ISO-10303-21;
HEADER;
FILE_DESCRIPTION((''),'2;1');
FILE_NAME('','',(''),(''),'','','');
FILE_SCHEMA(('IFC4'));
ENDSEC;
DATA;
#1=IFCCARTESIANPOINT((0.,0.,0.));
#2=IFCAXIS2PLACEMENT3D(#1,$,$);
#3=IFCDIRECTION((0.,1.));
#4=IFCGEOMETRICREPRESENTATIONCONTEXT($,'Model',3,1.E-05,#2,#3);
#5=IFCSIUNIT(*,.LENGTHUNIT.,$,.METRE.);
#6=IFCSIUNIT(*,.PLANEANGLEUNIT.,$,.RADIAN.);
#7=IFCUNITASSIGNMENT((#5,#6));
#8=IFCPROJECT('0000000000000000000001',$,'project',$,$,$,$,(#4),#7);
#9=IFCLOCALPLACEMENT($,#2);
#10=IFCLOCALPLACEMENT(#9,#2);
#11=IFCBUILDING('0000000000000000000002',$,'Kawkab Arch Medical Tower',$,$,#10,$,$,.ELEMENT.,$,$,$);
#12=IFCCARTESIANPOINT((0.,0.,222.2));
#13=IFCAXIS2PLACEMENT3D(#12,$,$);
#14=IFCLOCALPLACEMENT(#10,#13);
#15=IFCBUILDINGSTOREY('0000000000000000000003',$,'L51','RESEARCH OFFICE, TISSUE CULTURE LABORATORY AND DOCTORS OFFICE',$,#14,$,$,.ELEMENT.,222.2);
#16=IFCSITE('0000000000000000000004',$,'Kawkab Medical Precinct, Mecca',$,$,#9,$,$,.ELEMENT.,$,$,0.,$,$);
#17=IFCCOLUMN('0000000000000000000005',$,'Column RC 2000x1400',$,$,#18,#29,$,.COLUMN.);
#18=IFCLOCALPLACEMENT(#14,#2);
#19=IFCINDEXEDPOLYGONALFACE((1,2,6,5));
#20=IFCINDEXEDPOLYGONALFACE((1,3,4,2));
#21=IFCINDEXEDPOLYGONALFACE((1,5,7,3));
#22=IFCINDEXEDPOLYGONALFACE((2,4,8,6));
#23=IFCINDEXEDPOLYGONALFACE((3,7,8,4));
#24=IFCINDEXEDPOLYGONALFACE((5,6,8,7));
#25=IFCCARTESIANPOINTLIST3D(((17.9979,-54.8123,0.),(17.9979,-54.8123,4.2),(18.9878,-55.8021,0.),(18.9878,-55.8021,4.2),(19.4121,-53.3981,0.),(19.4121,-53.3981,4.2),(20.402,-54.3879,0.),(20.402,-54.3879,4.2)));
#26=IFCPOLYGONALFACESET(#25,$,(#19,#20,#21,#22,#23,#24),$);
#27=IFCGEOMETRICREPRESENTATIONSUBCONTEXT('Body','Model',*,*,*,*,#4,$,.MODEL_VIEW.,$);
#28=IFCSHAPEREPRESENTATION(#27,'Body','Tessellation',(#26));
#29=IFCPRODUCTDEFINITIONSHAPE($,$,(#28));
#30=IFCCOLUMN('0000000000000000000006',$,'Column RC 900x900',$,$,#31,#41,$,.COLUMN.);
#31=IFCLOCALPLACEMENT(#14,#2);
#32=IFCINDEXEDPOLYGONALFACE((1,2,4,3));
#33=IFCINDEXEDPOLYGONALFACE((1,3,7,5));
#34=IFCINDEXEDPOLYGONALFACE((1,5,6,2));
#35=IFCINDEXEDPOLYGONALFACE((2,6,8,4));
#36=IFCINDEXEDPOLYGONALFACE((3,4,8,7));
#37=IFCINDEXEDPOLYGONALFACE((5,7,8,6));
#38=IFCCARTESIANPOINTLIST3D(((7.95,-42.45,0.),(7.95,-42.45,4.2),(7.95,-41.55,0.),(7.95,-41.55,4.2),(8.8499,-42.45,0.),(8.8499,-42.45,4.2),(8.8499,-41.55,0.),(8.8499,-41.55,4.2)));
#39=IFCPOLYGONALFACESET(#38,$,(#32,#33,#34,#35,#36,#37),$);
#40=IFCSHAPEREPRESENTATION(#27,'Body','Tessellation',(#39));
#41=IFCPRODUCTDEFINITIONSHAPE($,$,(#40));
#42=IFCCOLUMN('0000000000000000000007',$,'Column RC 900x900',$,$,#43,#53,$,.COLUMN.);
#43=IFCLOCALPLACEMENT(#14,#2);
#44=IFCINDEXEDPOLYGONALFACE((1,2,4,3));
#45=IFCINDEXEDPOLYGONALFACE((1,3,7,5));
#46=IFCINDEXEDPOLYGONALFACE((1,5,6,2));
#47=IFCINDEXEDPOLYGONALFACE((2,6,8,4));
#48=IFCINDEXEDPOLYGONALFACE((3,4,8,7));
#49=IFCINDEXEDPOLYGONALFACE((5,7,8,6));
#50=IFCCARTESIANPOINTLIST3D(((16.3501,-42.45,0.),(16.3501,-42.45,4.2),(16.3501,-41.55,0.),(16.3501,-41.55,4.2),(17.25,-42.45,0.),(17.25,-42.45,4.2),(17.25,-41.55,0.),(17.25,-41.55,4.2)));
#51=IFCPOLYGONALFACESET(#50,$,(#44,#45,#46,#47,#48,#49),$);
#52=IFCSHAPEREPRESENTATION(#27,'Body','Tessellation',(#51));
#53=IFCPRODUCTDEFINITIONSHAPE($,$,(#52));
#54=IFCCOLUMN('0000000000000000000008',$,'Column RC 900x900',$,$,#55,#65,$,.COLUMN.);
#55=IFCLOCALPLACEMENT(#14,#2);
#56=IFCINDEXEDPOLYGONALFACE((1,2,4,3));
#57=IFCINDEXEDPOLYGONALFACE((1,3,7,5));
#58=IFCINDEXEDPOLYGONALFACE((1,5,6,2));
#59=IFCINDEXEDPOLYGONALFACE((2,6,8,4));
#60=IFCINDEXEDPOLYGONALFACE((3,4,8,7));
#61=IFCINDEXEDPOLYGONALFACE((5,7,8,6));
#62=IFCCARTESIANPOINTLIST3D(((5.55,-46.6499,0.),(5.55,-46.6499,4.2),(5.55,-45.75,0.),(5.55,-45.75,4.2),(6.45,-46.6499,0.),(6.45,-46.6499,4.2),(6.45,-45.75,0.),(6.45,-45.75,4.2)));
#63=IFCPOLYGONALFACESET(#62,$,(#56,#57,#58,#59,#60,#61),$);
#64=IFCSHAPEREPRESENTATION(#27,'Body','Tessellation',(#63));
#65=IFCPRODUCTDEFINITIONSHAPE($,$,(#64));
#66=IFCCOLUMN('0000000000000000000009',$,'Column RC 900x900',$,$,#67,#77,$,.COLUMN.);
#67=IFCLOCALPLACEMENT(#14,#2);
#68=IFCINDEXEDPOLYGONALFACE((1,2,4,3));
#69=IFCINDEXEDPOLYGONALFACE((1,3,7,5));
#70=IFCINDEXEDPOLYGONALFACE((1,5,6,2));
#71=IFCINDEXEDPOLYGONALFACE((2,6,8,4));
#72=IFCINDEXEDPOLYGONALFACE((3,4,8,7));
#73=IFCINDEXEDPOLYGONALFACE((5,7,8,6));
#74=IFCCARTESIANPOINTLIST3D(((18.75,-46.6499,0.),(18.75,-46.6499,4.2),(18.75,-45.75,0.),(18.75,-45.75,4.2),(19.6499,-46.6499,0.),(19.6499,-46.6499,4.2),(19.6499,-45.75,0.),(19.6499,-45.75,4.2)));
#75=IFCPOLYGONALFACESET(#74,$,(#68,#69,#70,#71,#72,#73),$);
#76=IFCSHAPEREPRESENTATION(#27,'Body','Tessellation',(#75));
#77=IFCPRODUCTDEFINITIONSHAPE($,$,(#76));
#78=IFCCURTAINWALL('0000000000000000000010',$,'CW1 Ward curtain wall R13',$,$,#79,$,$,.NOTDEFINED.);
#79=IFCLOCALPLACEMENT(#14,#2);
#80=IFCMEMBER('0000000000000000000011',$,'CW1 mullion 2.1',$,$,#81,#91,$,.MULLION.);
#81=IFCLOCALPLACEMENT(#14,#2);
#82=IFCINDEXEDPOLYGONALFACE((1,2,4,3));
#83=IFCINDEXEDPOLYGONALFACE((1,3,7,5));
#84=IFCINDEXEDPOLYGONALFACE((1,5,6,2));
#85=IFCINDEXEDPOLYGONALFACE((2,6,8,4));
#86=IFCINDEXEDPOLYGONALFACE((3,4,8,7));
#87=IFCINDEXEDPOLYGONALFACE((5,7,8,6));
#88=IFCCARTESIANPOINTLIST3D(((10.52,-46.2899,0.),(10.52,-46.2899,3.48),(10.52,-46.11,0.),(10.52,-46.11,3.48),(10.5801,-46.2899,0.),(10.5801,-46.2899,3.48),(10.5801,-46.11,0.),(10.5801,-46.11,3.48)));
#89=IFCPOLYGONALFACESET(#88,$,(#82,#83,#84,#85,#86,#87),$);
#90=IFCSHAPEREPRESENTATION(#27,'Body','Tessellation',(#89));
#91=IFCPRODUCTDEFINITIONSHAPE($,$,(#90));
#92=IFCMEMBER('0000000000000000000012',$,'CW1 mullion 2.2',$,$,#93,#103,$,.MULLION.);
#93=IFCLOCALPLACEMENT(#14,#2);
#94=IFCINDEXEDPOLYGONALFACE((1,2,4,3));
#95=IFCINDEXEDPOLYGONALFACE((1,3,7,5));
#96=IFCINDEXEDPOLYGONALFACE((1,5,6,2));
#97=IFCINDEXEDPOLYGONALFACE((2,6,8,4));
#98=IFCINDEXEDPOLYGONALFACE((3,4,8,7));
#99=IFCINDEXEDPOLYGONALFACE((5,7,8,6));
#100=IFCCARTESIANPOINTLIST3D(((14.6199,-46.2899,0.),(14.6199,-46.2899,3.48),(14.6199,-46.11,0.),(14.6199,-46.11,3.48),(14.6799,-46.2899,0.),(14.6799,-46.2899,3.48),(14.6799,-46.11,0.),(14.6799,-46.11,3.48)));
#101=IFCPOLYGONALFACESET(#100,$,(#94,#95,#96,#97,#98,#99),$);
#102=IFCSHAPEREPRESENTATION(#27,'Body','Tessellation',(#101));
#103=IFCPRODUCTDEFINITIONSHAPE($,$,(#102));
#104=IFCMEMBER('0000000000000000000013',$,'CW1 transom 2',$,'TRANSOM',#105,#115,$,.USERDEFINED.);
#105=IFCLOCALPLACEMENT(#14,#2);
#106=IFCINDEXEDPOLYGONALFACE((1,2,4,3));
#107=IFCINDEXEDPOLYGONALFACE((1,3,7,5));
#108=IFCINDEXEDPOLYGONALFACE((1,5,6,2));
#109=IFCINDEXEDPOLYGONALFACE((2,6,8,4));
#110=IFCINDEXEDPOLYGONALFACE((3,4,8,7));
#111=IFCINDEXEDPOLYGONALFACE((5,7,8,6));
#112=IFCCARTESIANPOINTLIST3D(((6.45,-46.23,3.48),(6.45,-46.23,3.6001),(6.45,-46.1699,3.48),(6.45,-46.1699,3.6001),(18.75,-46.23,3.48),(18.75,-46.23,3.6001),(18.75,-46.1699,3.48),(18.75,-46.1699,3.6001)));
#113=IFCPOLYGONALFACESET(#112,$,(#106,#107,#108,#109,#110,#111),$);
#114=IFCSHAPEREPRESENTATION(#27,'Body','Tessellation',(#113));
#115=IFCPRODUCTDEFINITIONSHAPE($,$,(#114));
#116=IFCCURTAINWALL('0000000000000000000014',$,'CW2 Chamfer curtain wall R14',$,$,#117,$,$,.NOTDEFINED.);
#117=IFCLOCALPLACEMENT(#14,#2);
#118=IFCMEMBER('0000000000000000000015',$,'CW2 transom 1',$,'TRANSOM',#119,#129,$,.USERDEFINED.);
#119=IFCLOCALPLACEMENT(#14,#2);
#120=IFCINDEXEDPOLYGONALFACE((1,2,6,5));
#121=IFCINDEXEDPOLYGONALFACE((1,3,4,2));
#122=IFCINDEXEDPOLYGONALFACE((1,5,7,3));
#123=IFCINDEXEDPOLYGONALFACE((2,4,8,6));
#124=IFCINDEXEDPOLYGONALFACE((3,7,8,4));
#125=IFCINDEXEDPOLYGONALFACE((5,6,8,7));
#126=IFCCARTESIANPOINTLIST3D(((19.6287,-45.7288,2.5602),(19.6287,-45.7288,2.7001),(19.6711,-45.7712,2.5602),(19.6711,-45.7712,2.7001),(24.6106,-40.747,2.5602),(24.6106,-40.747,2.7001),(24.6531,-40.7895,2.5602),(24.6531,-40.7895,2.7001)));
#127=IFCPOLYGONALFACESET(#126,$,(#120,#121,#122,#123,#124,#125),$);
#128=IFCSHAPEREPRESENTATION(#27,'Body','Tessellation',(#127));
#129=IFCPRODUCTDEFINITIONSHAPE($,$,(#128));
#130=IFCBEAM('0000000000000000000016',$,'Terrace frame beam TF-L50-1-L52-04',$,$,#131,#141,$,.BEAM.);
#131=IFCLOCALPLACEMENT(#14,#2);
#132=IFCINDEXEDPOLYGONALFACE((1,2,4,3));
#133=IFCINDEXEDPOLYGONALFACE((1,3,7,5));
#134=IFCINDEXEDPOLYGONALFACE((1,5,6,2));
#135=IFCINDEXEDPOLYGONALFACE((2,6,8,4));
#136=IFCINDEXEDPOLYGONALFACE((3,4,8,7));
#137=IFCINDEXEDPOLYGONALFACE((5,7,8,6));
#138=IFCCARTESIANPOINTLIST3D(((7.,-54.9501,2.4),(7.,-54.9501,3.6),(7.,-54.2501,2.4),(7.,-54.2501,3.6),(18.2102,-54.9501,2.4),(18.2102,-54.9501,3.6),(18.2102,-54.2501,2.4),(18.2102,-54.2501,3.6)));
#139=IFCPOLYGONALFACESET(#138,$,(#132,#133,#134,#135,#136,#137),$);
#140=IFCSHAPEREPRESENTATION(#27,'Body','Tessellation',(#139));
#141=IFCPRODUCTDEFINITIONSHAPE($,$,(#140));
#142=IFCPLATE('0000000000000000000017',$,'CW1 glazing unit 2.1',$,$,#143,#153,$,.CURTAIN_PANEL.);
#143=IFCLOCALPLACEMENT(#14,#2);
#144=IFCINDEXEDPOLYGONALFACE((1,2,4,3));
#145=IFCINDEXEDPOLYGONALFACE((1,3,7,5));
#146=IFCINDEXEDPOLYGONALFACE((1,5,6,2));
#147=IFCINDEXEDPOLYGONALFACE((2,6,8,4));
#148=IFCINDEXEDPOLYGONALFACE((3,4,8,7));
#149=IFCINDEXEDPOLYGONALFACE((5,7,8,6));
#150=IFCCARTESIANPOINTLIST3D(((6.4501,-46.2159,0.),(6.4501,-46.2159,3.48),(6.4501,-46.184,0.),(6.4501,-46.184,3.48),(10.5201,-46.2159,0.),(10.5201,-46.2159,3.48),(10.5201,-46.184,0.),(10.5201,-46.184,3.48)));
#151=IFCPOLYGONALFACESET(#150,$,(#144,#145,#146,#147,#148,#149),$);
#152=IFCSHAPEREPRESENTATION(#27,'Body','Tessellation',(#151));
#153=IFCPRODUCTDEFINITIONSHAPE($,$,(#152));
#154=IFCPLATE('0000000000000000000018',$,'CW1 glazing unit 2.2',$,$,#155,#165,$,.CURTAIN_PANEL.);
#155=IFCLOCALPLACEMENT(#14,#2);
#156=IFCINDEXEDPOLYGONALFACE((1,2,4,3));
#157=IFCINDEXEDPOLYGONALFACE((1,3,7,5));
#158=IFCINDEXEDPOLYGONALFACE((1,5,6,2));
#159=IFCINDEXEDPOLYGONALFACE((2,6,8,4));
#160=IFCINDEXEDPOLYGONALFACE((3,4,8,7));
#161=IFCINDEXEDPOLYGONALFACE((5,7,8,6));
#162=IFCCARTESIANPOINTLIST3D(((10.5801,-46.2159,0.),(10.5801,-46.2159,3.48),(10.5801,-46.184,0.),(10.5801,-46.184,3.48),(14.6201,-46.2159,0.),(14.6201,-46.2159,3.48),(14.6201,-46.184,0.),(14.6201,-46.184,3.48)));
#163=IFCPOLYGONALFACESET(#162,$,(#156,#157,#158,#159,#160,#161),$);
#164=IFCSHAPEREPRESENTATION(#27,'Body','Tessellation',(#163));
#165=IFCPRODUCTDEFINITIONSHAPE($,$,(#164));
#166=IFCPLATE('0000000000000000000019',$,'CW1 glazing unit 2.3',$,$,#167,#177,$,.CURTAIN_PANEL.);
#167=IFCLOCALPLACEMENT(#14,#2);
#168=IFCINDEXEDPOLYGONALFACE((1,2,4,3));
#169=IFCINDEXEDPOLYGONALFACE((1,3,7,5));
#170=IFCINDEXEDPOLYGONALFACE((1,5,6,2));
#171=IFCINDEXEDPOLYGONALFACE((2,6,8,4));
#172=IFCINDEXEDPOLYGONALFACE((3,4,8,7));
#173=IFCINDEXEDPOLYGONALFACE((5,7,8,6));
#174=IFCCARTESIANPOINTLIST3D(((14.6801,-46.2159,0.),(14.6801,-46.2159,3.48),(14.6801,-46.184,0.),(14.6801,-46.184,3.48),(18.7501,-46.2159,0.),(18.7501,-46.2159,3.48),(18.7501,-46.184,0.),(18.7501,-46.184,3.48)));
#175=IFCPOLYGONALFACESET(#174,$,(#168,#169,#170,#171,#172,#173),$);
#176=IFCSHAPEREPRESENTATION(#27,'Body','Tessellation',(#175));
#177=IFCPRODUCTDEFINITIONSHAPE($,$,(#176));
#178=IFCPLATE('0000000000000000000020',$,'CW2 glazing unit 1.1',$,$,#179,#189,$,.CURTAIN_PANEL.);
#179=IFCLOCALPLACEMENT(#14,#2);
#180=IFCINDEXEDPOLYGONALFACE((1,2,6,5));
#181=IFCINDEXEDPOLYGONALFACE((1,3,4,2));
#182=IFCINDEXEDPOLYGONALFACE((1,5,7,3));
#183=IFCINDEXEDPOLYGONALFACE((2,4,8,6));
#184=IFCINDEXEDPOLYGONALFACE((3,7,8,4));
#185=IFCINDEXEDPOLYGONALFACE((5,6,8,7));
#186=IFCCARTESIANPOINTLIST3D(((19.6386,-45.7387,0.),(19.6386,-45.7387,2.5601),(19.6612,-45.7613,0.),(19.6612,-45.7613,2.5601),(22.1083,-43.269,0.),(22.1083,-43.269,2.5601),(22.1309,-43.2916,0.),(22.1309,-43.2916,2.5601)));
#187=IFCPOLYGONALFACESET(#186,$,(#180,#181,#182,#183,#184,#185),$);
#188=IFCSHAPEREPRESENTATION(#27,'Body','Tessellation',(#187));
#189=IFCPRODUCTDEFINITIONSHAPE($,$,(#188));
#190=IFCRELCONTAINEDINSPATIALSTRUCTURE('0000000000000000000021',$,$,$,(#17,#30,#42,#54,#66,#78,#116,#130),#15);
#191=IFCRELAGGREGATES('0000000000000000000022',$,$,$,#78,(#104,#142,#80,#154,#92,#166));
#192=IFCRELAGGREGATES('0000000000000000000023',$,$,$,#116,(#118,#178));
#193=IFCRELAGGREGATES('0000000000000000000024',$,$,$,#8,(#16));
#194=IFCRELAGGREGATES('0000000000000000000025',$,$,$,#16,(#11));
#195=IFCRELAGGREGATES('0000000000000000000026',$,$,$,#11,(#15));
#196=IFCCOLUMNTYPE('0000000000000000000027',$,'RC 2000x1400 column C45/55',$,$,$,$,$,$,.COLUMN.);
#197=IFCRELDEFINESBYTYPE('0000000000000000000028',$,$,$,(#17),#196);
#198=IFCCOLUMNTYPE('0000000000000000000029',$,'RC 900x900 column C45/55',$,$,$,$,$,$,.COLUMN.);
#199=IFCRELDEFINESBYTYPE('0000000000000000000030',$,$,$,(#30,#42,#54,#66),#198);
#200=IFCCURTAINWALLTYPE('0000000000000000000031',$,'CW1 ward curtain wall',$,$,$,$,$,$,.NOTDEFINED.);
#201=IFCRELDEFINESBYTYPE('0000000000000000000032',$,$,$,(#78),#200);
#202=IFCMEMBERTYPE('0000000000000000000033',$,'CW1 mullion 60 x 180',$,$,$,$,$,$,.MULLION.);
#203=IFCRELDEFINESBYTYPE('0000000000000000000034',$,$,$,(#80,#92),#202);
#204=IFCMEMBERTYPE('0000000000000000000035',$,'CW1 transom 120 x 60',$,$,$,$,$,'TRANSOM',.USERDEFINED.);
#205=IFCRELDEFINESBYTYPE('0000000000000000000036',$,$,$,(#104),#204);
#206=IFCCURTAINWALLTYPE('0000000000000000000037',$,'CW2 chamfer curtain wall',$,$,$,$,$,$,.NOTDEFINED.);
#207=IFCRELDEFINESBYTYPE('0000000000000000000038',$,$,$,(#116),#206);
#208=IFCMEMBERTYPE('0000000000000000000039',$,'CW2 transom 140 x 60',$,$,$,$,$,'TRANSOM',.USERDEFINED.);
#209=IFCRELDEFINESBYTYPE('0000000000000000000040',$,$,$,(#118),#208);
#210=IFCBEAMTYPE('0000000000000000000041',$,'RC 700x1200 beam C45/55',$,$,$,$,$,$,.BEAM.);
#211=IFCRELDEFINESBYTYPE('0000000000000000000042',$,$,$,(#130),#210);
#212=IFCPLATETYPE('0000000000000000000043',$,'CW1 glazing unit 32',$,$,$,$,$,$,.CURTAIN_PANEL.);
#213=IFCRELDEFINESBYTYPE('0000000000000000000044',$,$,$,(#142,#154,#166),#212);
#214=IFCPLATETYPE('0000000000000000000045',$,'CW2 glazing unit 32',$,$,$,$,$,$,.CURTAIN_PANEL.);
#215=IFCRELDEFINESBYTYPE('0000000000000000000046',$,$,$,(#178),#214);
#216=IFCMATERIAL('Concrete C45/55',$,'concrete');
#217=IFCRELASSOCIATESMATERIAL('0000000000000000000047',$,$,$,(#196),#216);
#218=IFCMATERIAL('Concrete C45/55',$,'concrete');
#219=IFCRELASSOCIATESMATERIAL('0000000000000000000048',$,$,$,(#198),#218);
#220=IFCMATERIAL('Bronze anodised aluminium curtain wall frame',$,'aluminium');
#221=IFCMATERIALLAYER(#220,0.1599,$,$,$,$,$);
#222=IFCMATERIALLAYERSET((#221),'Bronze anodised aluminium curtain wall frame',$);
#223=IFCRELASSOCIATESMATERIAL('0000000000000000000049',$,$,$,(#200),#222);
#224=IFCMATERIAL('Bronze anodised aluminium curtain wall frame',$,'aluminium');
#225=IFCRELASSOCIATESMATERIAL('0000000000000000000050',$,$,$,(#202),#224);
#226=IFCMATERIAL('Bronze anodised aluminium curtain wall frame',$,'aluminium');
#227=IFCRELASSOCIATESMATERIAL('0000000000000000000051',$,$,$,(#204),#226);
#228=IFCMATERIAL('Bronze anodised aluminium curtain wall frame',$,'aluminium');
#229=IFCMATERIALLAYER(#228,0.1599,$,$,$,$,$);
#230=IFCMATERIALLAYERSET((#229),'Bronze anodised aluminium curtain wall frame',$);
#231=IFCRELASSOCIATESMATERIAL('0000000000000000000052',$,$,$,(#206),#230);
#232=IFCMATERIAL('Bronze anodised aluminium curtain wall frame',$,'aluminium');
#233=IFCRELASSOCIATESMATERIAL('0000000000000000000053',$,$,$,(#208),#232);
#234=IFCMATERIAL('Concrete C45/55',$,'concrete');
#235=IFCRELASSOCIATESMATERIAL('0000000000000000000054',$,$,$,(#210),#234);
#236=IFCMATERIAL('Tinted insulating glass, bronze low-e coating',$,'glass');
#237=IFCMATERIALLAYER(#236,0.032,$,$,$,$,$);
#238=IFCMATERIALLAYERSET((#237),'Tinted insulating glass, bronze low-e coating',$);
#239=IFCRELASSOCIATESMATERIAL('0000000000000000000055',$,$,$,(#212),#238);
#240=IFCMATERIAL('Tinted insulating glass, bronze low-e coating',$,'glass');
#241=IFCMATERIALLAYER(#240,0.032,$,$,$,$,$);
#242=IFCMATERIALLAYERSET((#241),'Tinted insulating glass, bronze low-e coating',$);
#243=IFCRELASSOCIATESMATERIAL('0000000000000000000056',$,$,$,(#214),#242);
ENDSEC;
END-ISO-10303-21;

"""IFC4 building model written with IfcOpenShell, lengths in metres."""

from ifc_helpers import new_model, si_unit, direction, frame, origin, origin_2d, place, context, subcontext, project, spatial, rectangle, extrude, material, layer, layer_set, material_profile, profile_set, type_object, element, aggregate, save


model = new_model("IFC4")

# Units and contexts
model_context = context("Model", 3, precision=1e-05, world=origin(), true_north=direction((0.0, 1.0)))
body_context = subcontext(model_context, "Body", "Model", "MODEL_VIEW")
ifc_project = project(units=[si_unit("LENGTHUNIT", "METRE"), si_unit("PLANEANGLEUNIT", "RADIAN")], contexts=[model_context])

# Site, building, storey
site_placement = place(None, origin())
site = spatial("IfcSite", under=ifc_project, at=site_placement, Name="Kawkab Medical Precinct, Mecca", CompositionType="ELEMENT", RefElevation=0.0)
building_placement = place(site_placement, origin())
building = spatial("IfcBuilding", under=site, at=building_placement, Name="Kawkab Arch Medical Tower", CompositionType="ELEMENT")
storey_placement = place(building_placement, frame((0.0, 0.0, 222.2)))
storey = spatial("IfcBuildingStorey", under=building, at=storey_placement, Name="L51", Description="RESEARCH OFFICE, TISSUE CULTURE LABORATORY AND DOCTORS OFFICE", CompositionType="ELEMENT", Elevation=222.2)

# Columns
ifc_material_1 = material(Name="Concrete C45/55", Category="concrete")
ifc_material_profile_1 = material_profile(ifc_material_1, rectangle(XDim=2.0, YDim=1.3999, at=origin_2d()), Name="RC 2000x1400")
ifc_profile_set_1 = profile_set([ifc_material_profile_1], Name="Concrete C45/55")
column_type_1 = type_object("IfcColumnType", Name="RC 2000x1400 column C45/55", PredefinedType="COLUMN", material=ifc_profile_set_1)
column_placement = place(storey_placement, frame((19.2, -54.6001, 0.0), z_axis=(0.0, 0.0, 1.0), x_axis=(-0.707107, -0.707107, 0.0)))
element("IfcColumn", 1, at=column_placement, inside=storey, type_object=column_type_1, Name="Column RC 2000x1400", PredefinedType="COLUMN", context=body_context, shape_type="SweptSolid", body=[
    extrude(rectangle(XDim=2.0, YDim=1.3999, at=origin_2d()), origin(), (0.0, 0.0, 1.0), 4.2),
])
ifc_material_2 = material(Name="Concrete C45/55", Category="concrete")
ifc_material_profile_2 = material_profile(ifc_material_2, rectangle(XDim=0.8999, YDim=0.8999, at=origin_2d()), Name="RC 900x900")
ifc_profile_set_2 = profile_set([ifc_material_profile_2], Name="Concrete C45/55")
column_type_2 = type_object("IfcColumnType", Name="RC 900x900 column C45/55", PredefinedType="COLUMN", material=ifc_profile_set_2)
for number, where, z_axis, x_axis, name in (
    (2, (8.3999, -42.0, 0.0), (0.0, 0.0, 1.0), (1.0, 0.0, 0.0), "Column RC 900x900"),
    (3, (16.8, -42.0, 0.0), (0.0, 0.0, 1.0), (1.0, 0.0, 0.0), "Column RC 900x900"),
    (4, (6.0, -46.2, 0.0), (0.0, 0.0, 1.0), (1.0, 0.0, 0.0), "Column RC 900x900"),
    (5, (19.2, -46.2, 0.0), (0.0, 0.0, 1.0), (1.0, 0.0, 0.0), "Column RC 900x900"),
):
    element("IfcColumn", number, at=place(storey_placement, frame(where, z_axis=z_axis, x_axis=x_axis)), inside=storey, type_object=column_type_2, Name=name, PredefinedType="COLUMN", context=body_context, shape_type="SweptSolid", body=[
        extrude(rectangle(XDim=0.8999, YDim=0.8999, at=origin_2d()), origin(), (0.0, 0.0, 1.0), 4.2),
    ])

# Curtain wall, members
ifc_material_3 = material(Name="Bronze anodised aluminium curtain wall frame", Category="aluminium")
ifc_layer_1 = layer(ifc_material_3, 0.1599)
ifc_layer_set_1 = layer_set([ifc_layer_1], Name="Bronze anodised aluminium curtain wall frame")
curtain_wall_type_1 = type_object("IfcCurtainWallType", Name="CW1 ward curtain wall", PredefinedType="NOTDEFINED", material=ifc_layer_set_1)
placement = place(storey_placement, origin())
curtain_wall_1 = element("IfcCurtainWall", 6, at=placement, inside=storey, type_object=curtain_wall_type_1, Name="CW1 Ward curtain wall R13", PredefinedType="NOTDEFINED")
ifc_material_4 = material(Name="Bronze anodised aluminium curtain wall frame", Category="aluminium")
ifc_material_profile_3 = material_profile(ifc_material_4, rectangle(XDim=0.1799, YDim=0.0601, at=origin_2d()), Name="AL 60x180")
ifc_profile_set_3 = profile_set([ifc_material_profile_3], Name="Bronze anodised aluminium curtain wall frame")
member_type_1 = type_object("IfcMemberType", Name="CW1 mullion 60 x 180", PredefinedType="MULLION", material=ifc_profile_set_3)
member_1_placement = place(storey_placement, frame((10.55, -46.2, 0.0), z_axis=(0.0, 0.0, 1.0), x_axis=(0.0, 1.0, 0.0)))
member_1 = element("IfcMember", 7, at=member_1_placement, type_object=member_type_1, Name="CW1 mullion 2.1", PredefinedType="MULLION", context=body_context, shape_type="SweptSolid", body=[
    extrude(rectangle(XDim=0.1799, YDim=0.0601, at=origin_2d()), origin(), (0.0, 0.0, 1.0), 3.48),
])
member_2_placement = place(storey_placement, frame((14.6499, -46.2, 0.0), z_axis=(0.0, 0.0, 1.0), x_axis=(0.0, 1.0, 0.0)))
member_2 = element("IfcMember", 8, at=member_2_placement, type_object=member_type_1, Name="CW1 mullion 2.2", PredefinedType="MULLION", context=body_context, shape_type="SweptSolid", body=[
    extrude(rectangle(XDim=0.1799, YDim=0.0601, at=origin_2d()), origin(), (0.0, 0.0, 1.0), 3.48),
])
ifc_material_5 = material(Name="Bronze anodised aluminium curtain wall frame", Category="aluminium")
ifc_material_profile_4 = material_profile(ifc_material_5, rectangle(XDim=0.0601, YDim=0.1201, at=origin_2d()), Name="AL 60x120")
ifc_profile_set_4 = profile_set([ifc_material_profile_4], Name="Bronze anodised aluminium curtain wall frame")
member_type_2 = type_object("IfcMemberType", Name="CW1 transom 120 x 60", ElementType="TRANSOM", PredefinedType="USERDEFINED", material=ifc_profile_set_4)
member_3_placement = place(storey_placement, frame((6.45, -46.2, 3.54), z_axis=(1.0, 0.0, 0.0), x_axis=(0.0, 1.0, 0.0)))
member_3 = element("IfcMember", 9, at=member_3_placement, type_object=member_type_2, Name="CW1 transom 2", ObjectType="TRANSOM", PredefinedType="USERDEFINED", context=body_context, shape_type="SweptSolid", body=[
    extrude(rectangle(XDim=0.0601, YDim=0.1201, at=origin_2d()), origin(), (0.0, 0.0, 1.0), 12.3),
])

# Curtain wall, member
ifc_material_6 = material(Name="Bronze anodised aluminium curtain wall frame", Category="aluminium")
ifc_layer_2 = layer(ifc_material_6, 0.1599)
ifc_layer_set_2 = layer_set([ifc_layer_2], Name="Bronze anodised aluminium curtain wall frame")
curtain_wall_type_2 = type_object("IfcCurtainWallType", Name="CW2 chamfer curtain wall", PredefinedType="NOTDEFINED", material=ifc_layer_set_2)
curtain_wall_2 = element("IfcCurtainWall", 10, at=placement, inside=storey, type_object=curtain_wall_type_2, Name="CW2 Chamfer curtain wall R14", PredefinedType="NOTDEFINED")
ifc_material_7 = material(Name="Bronze anodised aluminium curtain wall frame", Category="aluminium")
ifc_material_profile_5 = material_profile(ifc_material_7, rectangle(XDim=0.0601, YDim=0.1399, at=origin_2d()), Name="AL 60x140")
ifc_profile_set_5 = profile_set([ifc_material_profile_5], Name="Bronze anodised aluminium curtain wall frame")
member_type_3 = type_object("IfcMemberType", Name="CW2 transom 140 x 60", ElementType="TRANSOM", PredefinedType="USERDEFINED", material=ifc_profile_set_5)
member_4_placement = place(storey_placement, frame((19.6499, -45.75, 2.6301), z_axis=(0.707124, 0.707089, 0.0), x_axis=(-0.707089, 0.707124, 0.0)))
member_4 = element("IfcMember", 11, at=member_4_placement, type_object=member_type_3, Name="CW2 transom 1", ObjectType="TRANSOM", PredefinedType="USERDEFINED", context=body_context, shape_type="SweptSolid", body=[
    extrude(rectangle(XDim=0.0601, YDim=0.1399, at=origin_2d()), origin(), (0.0, 0.0, 1.0), 7.0454),
])

# Beam
ifc_material_8 = material(Name="Concrete C45/55", Category="concrete")
ifc_material_profile_6 = material_profile(ifc_material_8, rectangle(XDim=0.7, YDim=1.2, at=origin_2d()), Name="RC 700x1200")
ifc_profile_set_6 = profile_set([ifc_material_profile_6], Name="Concrete C45/55")
beam_type = type_object("IfcBeamType", Name="RC 700x1200 beam C45/55", PredefinedType="BEAM", material=ifc_profile_set_6)
beam_placement = place(storey_placement, frame((18.2102, -54.6001, 3.0), z_axis=(-1.0, 0.0, 0.0), x_axis=(0.0, -1.0, 0.0)))
element("IfcBeam", 12, at=beam_placement, inside=storey, type_object=beam_type, Name="Terrace frame beam TF-L50-1-L52-04", PredefinedType="BEAM", context=body_context, shape_type="SweptSolid", body=[
    extrude(rectangle(XDim=0.7, YDim=1.2, at=origin_2d()), origin(), (0.0, 0.0, 1.0), 11.2102),
])

# Plates
ifc_material_9 = material(Name="Tinted insulating glass, bronze low-e coating", Category="glass")
ifc_layer_3 = layer(ifc_material_9, 0.032)
ifc_layer_set_3 = layer_set([ifc_layer_3], Name="Tinted insulating glass, bronze low-e coating")
plate_type_1 = type_object("IfcPlateType", Name="CW1 glazing unit 32", PredefinedType="CURTAIN_PANEL", material=ifc_layer_set_3)
plate_1_placement = place(storey_placement, frame((8.4851, -46.2, 0.0), z_axis=(0.0, 0.0, 1.0), x_axis=(1.0, 0.0, 0.0)))
plate_1 = element("IfcPlate", 13, at=plate_1_placement, type_object=plate_type_1, Name="CW1 glazing unit 2.1", PredefinedType="CURTAIN_PANEL", context=body_context, shape_type="SweptSolid", body=[
    extrude(rectangle(XDim=4.0701, YDim=0.032, at=origin_2d()), origin(), (0.0, 0.0, 1.0), 3.48),
])
plate_2_placement = place(storey_placement, frame((12.6001, -46.2, 0.0), z_axis=(0.0, 0.0, 1.0), x_axis=(1.0, 0.0, 0.0)))
plate_2 = element("IfcPlate", 14, at=plate_2_placement, type_object=plate_type_1, Name="CW1 glazing unit 2.2", PredefinedType="CURTAIN_PANEL", context=body_context, shape_type="SweptSolid", body=[
    extrude(rectangle(XDim=4.04, YDim=0.032, at=origin_2d()), origin(), (0.0, 0.0, 1.0), 3.48),
])
plate_3_placement = place(storey_placement, frame((16.7151, -46.2, 0.0), z_axis=(0.0, 0.0, 1.0), x_axis=(1.0, 0.0, 0.0)))
plate_3 = element("IfcPlate", 15, at=plate_3_placement, type_object=plate_type_1, Name="CW1 glazing unit 2.3", PredefinedType="CURTAIN_PANEL", context=body_context, shape_type="SweptSolid", body=[
    extrude(rectangle(XDim=4.0701, YDim=0.032, at=origin_2d()), origin(), (0.0, 0.0, 1.0), 3.48),
])
aggregate(curtain_wall_1, [member_3, plate_1, member_1, plate_2, member_2, plate_3])
ifc_material_10 = material(Name="Tinted insulating glass, bronze low-e coating", Category="glass")
ifc_layer_4 = layer(ifc_material_10, 0.032)
ifc_layer_set_4 = layer_set([ifc_layer_4], Name="Tinted insulating glass, bronze low-e coating")
plate_type_2 = type_object("IfcPlateType", Name="CW2 glazing unit 32", PredefinedType="CURTAIN_PANEL", material=ifc_layer_set_4)
plate_4_placement = place(storey_placement, frame((20.8848, -44.5151, 0.0), z_axis=(0.0, 0.0, 1.0), x_axis=(0.707107, 0.707107, 0.0)))
plate_4 = element("IfcPlate", 16, at=plate_4_placement, type_object=plate_type_2, Name="CW2 glazing unit 1.1", PredefinedType="CURTAIN_PANEL", context=body_context, shape_type="SweptSolid", body=[
    extrude(rectangle(XDim=3.4927, YDim=0.032, at=origin_2d()), origin(), (0.0, 0.0, 1.0), 2.5601),
])
aggregate(curtain_wall_2, [member_4, plate_4])

save(model, "model.ifc")
